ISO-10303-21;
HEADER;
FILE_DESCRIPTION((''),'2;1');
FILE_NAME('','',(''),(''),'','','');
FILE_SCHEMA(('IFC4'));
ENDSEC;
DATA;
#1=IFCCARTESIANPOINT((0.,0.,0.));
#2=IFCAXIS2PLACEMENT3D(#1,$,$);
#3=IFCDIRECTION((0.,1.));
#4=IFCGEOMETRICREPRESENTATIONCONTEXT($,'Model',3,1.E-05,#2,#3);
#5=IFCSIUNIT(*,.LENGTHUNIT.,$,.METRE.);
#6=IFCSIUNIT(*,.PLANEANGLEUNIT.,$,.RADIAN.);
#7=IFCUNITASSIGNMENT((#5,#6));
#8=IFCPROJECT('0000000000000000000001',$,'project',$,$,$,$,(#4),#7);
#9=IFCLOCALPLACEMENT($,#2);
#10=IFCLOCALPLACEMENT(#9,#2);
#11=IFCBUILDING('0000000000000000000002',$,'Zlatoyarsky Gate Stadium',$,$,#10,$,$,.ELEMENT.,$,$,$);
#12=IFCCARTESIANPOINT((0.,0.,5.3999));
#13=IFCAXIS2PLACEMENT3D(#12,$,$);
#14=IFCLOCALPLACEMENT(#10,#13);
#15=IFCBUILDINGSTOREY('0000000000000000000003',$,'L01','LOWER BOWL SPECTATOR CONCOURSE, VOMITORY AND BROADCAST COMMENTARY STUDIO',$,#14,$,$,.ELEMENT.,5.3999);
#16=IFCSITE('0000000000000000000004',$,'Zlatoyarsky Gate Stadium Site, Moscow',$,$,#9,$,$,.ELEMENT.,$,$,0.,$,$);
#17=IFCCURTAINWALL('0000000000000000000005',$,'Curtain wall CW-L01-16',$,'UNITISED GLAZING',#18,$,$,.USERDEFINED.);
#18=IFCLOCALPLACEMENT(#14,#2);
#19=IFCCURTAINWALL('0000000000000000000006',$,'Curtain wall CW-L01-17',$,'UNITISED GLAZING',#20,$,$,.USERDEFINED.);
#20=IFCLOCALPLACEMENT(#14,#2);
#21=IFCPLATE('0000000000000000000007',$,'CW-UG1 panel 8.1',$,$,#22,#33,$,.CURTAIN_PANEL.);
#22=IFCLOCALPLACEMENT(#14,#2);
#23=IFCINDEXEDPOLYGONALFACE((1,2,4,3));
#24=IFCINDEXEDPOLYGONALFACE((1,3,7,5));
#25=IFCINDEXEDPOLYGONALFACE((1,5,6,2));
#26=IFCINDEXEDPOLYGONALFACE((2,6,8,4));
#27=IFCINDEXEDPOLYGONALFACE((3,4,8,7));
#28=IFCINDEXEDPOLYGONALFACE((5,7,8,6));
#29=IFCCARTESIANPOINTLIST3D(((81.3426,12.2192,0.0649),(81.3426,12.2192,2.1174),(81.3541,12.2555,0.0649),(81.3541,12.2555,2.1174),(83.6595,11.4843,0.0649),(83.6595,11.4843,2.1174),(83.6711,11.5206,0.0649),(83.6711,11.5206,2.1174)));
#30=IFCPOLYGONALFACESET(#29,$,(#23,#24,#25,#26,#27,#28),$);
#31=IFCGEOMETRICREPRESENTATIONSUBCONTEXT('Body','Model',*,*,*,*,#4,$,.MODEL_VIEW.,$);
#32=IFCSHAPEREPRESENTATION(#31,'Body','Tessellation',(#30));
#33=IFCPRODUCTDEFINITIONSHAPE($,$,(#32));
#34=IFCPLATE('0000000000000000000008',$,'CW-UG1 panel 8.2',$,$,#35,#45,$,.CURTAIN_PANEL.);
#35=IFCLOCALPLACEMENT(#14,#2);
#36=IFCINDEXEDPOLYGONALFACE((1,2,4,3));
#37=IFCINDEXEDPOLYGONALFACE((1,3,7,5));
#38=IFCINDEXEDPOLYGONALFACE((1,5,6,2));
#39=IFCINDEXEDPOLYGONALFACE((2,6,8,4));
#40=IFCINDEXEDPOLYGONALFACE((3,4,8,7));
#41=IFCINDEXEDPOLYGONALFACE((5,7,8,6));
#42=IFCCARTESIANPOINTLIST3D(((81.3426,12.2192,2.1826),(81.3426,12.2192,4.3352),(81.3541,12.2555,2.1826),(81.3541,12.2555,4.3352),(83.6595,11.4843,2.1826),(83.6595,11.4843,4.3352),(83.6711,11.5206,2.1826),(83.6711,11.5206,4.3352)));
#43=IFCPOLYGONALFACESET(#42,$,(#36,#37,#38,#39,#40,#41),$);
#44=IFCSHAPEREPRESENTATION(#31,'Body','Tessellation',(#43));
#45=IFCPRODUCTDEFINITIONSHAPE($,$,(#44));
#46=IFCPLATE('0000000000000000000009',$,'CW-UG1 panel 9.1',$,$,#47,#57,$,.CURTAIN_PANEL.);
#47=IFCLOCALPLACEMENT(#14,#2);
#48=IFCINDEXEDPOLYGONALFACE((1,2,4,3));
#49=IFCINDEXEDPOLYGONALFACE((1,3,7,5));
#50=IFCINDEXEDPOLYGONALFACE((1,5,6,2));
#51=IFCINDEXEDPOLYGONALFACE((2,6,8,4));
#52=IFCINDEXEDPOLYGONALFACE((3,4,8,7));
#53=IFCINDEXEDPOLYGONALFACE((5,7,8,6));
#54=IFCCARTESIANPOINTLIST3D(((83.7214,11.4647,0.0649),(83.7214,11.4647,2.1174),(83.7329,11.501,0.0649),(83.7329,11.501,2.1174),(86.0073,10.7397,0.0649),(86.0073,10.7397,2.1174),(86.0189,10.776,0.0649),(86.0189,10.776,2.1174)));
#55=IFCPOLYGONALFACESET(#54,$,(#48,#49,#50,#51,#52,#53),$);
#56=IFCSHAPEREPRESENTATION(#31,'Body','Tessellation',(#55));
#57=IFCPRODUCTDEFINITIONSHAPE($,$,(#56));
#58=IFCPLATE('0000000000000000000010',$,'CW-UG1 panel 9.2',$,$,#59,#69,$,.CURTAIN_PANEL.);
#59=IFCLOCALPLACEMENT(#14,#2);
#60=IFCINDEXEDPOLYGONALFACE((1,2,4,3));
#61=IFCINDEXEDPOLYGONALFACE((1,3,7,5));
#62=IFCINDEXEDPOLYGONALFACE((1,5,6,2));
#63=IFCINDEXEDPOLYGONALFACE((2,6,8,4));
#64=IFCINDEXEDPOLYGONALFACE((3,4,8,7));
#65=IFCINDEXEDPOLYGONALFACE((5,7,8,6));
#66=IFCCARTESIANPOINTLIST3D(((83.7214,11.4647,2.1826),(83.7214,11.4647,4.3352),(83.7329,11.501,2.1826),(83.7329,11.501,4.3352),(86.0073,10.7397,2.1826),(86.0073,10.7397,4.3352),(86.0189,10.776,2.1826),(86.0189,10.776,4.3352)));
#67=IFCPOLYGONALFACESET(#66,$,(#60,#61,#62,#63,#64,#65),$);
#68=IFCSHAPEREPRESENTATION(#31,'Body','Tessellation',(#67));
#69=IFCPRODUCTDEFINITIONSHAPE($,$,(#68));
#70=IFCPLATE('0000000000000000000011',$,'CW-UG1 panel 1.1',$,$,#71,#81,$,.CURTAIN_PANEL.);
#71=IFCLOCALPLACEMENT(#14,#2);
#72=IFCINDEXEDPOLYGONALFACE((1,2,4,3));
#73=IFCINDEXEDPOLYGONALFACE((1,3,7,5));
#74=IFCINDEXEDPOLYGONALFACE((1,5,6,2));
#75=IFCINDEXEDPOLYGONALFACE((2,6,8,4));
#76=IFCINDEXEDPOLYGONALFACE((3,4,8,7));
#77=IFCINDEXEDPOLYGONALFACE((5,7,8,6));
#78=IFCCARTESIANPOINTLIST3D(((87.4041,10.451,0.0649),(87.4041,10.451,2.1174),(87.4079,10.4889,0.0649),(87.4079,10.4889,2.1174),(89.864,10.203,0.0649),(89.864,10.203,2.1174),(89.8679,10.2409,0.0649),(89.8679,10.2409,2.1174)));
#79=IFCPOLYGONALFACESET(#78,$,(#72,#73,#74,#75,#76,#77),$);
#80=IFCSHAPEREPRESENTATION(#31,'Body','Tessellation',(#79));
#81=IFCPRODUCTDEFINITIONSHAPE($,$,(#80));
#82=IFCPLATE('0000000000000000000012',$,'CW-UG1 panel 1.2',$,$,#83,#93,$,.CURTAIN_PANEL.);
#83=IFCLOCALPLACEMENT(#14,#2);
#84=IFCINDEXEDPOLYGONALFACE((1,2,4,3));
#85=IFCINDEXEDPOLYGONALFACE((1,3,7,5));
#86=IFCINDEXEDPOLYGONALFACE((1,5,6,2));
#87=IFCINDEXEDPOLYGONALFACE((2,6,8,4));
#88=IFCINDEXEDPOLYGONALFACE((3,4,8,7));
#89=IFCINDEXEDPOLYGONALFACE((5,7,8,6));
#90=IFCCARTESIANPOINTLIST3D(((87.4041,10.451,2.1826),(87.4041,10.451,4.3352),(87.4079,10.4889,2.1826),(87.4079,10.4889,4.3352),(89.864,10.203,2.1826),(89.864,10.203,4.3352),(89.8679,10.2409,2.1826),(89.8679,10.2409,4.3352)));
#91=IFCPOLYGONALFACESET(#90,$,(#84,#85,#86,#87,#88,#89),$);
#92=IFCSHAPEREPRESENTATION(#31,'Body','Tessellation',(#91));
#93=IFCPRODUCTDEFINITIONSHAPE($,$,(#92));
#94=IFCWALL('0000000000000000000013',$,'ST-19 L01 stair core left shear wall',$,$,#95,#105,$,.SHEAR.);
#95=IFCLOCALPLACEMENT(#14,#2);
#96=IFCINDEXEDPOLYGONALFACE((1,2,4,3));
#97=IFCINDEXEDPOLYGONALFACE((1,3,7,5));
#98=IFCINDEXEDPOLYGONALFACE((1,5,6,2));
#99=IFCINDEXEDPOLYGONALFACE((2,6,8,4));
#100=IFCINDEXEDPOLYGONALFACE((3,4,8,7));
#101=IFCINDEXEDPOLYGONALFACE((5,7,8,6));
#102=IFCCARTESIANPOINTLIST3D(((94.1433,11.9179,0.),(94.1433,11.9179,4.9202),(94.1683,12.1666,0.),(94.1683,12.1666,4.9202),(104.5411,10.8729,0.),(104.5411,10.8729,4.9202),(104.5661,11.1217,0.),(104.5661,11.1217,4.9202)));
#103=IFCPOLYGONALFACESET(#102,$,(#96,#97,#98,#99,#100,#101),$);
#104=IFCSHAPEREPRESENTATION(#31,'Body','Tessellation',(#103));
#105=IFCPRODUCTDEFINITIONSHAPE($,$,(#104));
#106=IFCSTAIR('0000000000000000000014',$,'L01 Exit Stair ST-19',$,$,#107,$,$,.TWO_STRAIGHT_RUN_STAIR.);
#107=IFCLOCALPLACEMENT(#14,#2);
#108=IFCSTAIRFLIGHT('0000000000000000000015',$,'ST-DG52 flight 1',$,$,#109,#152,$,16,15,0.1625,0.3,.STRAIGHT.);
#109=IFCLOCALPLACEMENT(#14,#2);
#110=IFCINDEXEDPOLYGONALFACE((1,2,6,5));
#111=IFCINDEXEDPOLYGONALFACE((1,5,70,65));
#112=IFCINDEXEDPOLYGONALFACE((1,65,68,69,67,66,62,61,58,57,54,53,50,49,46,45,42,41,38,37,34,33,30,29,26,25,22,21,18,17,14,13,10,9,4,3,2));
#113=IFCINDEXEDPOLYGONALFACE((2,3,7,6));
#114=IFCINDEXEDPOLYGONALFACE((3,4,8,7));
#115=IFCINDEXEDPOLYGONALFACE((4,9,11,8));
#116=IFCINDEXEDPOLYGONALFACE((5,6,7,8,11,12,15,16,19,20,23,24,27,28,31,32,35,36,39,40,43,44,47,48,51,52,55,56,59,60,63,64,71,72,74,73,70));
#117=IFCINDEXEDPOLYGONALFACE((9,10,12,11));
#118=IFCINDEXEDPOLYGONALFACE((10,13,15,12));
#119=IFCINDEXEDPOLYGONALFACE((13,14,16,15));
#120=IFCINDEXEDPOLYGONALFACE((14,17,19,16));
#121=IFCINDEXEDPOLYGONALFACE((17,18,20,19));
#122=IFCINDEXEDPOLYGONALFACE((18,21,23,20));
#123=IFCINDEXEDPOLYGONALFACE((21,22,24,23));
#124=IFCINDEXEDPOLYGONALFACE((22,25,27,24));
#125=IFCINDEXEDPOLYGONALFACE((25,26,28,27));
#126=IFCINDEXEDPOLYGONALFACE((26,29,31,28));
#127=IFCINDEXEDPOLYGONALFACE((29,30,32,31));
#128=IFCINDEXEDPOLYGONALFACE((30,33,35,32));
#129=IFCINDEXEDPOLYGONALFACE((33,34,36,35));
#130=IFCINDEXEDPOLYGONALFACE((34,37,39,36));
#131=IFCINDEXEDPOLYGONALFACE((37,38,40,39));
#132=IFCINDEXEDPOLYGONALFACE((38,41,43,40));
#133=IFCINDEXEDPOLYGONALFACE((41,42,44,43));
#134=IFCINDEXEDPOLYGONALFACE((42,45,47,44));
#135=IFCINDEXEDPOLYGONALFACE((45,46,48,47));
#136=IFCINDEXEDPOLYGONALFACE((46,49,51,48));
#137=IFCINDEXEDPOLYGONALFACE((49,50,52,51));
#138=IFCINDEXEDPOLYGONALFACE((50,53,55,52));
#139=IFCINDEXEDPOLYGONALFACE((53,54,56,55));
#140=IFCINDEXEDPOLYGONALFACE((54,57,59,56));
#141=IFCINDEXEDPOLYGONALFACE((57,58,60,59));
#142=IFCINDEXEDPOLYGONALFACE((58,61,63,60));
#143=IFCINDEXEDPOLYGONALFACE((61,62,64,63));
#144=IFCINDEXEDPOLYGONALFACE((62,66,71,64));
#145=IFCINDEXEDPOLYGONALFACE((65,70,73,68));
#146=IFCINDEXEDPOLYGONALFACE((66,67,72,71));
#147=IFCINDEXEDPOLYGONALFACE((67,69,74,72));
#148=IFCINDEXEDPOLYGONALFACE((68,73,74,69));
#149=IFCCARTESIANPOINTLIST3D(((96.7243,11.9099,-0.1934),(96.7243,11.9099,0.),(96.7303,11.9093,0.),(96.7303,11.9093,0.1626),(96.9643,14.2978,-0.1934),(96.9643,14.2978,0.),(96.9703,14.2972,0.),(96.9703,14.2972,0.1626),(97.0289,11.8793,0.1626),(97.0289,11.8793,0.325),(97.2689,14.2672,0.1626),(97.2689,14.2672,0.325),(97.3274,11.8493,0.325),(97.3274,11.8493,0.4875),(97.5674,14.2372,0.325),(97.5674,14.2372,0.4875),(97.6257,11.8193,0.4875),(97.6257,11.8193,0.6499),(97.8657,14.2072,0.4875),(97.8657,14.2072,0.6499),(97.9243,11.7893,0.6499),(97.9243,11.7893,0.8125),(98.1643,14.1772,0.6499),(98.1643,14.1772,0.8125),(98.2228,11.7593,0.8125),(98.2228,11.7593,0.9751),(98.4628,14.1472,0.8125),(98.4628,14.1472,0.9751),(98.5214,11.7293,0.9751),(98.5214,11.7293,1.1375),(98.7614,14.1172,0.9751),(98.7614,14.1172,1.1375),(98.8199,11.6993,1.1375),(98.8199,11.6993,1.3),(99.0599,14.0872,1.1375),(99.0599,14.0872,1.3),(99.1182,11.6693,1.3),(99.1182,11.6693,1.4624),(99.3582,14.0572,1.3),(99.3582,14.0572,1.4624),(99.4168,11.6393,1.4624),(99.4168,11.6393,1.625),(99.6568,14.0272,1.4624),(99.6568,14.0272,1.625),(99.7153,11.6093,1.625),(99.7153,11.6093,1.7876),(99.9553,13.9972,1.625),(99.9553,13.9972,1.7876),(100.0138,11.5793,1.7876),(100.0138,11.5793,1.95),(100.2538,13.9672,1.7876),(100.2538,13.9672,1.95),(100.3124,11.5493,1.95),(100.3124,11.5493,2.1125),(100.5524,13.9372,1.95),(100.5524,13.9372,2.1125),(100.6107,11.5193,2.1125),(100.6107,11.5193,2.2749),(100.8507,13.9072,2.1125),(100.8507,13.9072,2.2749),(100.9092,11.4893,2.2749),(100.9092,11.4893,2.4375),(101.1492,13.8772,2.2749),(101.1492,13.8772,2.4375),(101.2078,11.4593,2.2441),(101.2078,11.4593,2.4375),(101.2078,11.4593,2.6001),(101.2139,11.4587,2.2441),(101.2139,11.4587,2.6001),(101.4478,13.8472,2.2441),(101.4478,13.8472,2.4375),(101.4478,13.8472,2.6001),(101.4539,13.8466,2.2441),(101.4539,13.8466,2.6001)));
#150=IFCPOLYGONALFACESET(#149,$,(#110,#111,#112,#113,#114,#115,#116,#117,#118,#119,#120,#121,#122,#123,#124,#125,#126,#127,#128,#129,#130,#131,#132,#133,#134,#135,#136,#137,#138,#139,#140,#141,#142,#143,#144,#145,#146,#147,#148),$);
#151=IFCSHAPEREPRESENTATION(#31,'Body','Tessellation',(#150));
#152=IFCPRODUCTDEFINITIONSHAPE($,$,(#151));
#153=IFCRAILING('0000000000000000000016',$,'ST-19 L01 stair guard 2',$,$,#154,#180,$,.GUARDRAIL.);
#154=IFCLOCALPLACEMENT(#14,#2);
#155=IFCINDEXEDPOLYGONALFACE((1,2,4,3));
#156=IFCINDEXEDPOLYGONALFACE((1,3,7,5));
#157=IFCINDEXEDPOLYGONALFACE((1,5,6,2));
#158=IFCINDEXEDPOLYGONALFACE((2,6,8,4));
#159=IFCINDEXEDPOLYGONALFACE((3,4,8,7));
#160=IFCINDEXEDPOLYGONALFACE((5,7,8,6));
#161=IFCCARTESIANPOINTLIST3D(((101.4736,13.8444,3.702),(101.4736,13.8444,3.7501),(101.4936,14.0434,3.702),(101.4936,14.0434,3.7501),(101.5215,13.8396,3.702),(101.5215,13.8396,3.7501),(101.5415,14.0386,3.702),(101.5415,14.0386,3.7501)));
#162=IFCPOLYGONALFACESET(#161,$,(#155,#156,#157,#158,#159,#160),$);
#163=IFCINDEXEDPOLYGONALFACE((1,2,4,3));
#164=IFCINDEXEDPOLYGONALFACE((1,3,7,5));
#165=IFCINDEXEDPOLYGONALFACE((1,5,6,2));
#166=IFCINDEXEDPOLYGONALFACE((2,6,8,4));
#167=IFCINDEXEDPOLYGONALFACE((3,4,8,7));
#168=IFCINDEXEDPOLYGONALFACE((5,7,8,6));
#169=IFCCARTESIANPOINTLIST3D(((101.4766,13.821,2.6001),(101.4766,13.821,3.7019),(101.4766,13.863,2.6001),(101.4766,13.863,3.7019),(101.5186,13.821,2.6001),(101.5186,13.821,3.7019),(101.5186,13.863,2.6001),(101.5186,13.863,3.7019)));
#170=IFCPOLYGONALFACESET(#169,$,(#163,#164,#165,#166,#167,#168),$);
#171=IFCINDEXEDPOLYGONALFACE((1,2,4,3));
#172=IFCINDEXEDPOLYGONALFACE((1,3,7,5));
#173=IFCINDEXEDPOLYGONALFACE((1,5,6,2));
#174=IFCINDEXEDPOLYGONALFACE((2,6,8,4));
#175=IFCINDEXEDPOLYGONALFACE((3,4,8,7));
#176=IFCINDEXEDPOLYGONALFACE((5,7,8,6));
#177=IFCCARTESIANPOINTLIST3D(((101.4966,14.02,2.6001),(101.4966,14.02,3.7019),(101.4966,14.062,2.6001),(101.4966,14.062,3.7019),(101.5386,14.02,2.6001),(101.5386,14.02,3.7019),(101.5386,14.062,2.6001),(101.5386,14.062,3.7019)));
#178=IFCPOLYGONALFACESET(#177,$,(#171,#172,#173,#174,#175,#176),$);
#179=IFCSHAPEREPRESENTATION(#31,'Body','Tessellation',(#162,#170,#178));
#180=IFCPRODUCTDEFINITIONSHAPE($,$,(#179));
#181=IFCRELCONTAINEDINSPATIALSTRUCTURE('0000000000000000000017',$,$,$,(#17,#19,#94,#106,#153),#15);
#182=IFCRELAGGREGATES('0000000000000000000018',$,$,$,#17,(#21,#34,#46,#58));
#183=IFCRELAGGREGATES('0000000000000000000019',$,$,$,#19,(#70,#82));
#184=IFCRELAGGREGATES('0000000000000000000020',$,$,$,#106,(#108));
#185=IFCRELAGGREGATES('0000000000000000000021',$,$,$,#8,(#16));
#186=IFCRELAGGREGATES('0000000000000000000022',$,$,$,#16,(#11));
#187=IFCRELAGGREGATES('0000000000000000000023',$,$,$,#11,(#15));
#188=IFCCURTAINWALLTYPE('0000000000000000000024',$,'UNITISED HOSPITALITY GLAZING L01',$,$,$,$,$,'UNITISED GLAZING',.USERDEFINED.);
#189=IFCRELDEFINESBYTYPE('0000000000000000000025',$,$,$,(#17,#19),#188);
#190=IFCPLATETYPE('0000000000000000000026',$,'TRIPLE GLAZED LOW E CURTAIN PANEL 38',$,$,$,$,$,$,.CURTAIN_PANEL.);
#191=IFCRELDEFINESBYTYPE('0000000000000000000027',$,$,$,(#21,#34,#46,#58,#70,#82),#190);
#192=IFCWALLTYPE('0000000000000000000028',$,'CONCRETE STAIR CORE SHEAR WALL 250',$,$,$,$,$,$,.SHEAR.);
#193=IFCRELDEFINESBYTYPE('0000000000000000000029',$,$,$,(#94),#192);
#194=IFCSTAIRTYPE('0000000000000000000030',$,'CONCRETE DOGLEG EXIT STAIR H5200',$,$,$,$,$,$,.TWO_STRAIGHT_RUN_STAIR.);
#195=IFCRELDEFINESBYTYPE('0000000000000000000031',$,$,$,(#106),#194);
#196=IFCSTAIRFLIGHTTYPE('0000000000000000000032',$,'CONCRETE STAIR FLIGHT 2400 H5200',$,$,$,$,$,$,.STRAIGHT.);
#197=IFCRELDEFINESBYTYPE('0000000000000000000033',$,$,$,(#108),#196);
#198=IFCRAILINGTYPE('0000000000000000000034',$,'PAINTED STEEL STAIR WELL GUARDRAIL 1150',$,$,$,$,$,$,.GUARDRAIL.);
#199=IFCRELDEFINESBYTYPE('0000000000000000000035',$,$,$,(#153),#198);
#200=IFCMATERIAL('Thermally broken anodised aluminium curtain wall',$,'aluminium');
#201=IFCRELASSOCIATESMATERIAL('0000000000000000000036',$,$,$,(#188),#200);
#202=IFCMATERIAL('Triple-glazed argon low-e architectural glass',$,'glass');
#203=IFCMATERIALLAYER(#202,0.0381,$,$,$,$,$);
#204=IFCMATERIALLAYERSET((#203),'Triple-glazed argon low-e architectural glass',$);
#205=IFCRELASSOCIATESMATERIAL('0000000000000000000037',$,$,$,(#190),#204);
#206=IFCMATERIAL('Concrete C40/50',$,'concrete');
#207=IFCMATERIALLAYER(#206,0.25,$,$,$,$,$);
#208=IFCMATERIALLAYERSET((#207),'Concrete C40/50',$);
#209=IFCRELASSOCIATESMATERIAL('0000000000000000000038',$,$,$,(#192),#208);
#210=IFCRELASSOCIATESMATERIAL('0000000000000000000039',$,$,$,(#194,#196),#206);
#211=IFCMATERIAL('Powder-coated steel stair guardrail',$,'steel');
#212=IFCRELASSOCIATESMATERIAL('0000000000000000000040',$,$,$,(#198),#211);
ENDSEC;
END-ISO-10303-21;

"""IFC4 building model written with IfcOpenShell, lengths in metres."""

from ifc_helpers import new_model, si_unit, direction, frame, frame_2d, origin, origin_2d, place, context, subcontext, project, spatial, polyline, rectangle, outline, extrude, material, layer, layer_set, type_object, element, aggregate, save


model = new_model("IFC4")

# Units and contexts
model_context = context("Model", 3, precision=1e-05, world=origin(), true_north=direction((0.0, 1.0)))
body_context = subcontext(model_context, "Body", "Model", "MODEL_VIEW")
ifc_project = project(units=[si_unit("LENGTHUNIT", "METRE"), si_unit("PLANEANGLEUNIT", "RADIAN")], contexts=[model_context])

# Site, building, storey
site_placement = place(None, origin())
site = spatial("IfcSite", under=ifc_project, at=site_placement, Name="Zlatoyarsky Gate Stadium Site, Moscow", CompositionType="ELEMENT", RefElevation=0.0)
building_placement = place(site_placement, origin())
building = spatial("IfcBuilding", under=site, at=building_placement, Name="Zlatoyarsky Gate Stadium", CompositionType="ELEMENT")
storey_placement = place(building_placement, frame((0.0, 0.0, 5.3999)))
storey = spatial("IfcBuildingStorey", under=building, at=storey_placement, Name="L01", Description="LOWER BOWL SPECTATOR CONCOURSE, VOMITORY AND BROADCAST COMMENTARY STUDIO", CompositionType="ELEMENT", Elevation=5.3999)

# Curtain walls
ifc_material_1 = material(Name="Thermally broken anodised aluminium curtain wall", Category="aluminium")
curtain_wall_type = type_object("IfcCurtainWallType", Name="UNITISED HOSPITALITY GLAZING L01", ElementType="UNITISED GLAZING", PredefinedType="USERDEFINED", material=ifc_material_1)
curtain_wall_1_placement = place(storey_placement, origin())
curtain_wall_1 = element("IfcCurtainWall", 1, at=curtain_wall_1_placement, inside=storey, type_object=curtain_wall_type, Name="Curtain wall CW-L01-16", ObjectType="UNITISED GLAZING", PredefinedType="USERDEFINED")
curtain_wall_2_placement = place(storey_placement, origin())
curtain_wall_2 = element("IfcCurtainWall", 2, at=curtain_wall_2_placement, inside=storey, type_object=curtain_wall_type, Name="Curtain wall CW-L01-17", ObjectType="UNITISED GLAZING", PredefinedType="USERDEFINED")

# Plates
ifc_material_2 = material(Name="Triple-glazed argon low-e architectural glass", Category="glass")
ifc_layer_1 = layer(ifc_material_2, 0.0381)
ifc_layer_set_1 = layer_set([ifc_layer_1], Name="Triple-glazed argon low-e architectural glass")
plate_type_1 = type_object("IfcPlateType", Name="TRIPLE GLAZED LOW E CURTAIN PANEL 38", PredefinedType="CURTAIN_PANEL", material=ifc_layer_set_1)
plate_1_placement = place(storey_placement, frame((82.5068, 11.8699, 0.0649), z_axis=(0.0, 0.0, 1.0), x_axis=(0.953202, -0.302334, 0.0)))
plate_1 = element("IfcPlate", 3, at=plate_1_placement, type_object=plate_type_1, Name="CW-UG1 panel 8.1", PredefinedType="CURTAIN_PANEL", context=body_context, shape_type="SweptSolid", body=[
    extrude(rectangle(XDim=2.4307, YDim=0.0381, at=origin_2d()), origin(), (0.0, 0.0, 1.0), 2.0525),
])
plate_2_placement = place(storey_placement, frame((82.5068, 11.8699, 2.1826), z_axis=(0.0, 0.0, 1.0), x_axis=(0.953202, -0.302334, 0.0)))
plate_2 = element("IfcPlate", 4, at=plate_2_placement, type_object=plate_type_1, Name="CW-UG1 panel 8.2", PredefinedType="CURTAIN_PANEL", context=body_context, shape_type="SweptSolid", body=[
    extrude(rectangle(XDim=2.4307, YDim=0.0381, at=origin_2d()), origin(), (0.0, 0.0, 1.0), 2.1526),
])
plate_3_placement = place(storey_placement, frame((84.8701, 11.1204, 0.0649), z_axis=(0.0, 0.0, 1.0), x_axis=(0.953202, -0.302334, 0.0)))
plate_3 = element("IfcPlate", 5, at=plate_3_placement, type_object=plate_type_1, Name="CW-UG1 panel 9.1", PredefinedType="CURTAIN_PANEL", context=body_context, shape_type="SweptSolid", body=[
    extrude(rectangle(XDim=2.3982, YDim=0.0381, at=origin_2d()), origin(), (0.0, 0.0, 1.0), 2.0525),
])
plate_4_placement = place(storey_placement, frame((84.8701, 11.1204, 2.1826), z_axis=(0.0, 0.0, 1.0), x_axis=(0.953202, -0.302334, 0.0)))
plate_4 = element("IfcPlate", 6, at=plate_4_placement, type_object=plate_type_1, Name="CW-UG1 panel 9.2", PredefinedType="CURTAIN_PANEL", context=body_context, shape_type="SweptSolid", body=[
    extrude(rectangle(XDim=2.3982, YDim=0.0381, at=origin_2d()), origin(), (0.0, 0.0, 1.0), 2.1526),
])
aggregate(curtain_wall_1, [plate_1, plate_2, plate_3, plate_4])
plate_5_placement = place(storey_placement, frame((88.636, 10.3459, 0.0649), z_axis=(0.0, 0.0, 1.0), x_axis=(0.994957, -0.1003, 0.0)))
plate_5 = element("IfcPlate", 7, at=plate_5_placement, type_object=plate_type_1, Name="CW-UG1 panel 1.1", PredefinedType="CURTAIN_PANEL", context=body_context, shape_type="SweptSolid", body=[
    extrude(rectangle(XDim=2.4724, YDim=0.0381, at=origin_2d()), origin(), (0.0, 0.0, 1.0), 2.0525),
])
plate_6_placement = place(storey_placement, frame((88.636, 10.3459, 2.1826), z_axis=(0.0, 0.0, 1.0), x_axis=(0.994957, -0.1003, 0.0)))
plate_6 = element("IfcPlate", 8, at=plate_6_placement, type_object=plate_type_1, Name="CW-UG1 panel 1.2", PredefinedType="CURTAIN_PANEL", context=body_context, shape_type="SweptSolid", body=[
    extrude(rectangle(XDim=2.4724, YDim=0.0381, at=origin_2d()), origin(), (0.0, 0.0, 1.0), 2.1526),
])
aggregate(curtain_wall_2, [plate_5, plate_6])

# Wall
ifc_material_3 = material(Name="Concrete C40/50", Category="concrete")
ifc_layer_2 = layer(ifc_material_3, 0.25)
ifc_layer_set_2 = layer_set([ifc_layer_2], Name="Concrete C40/50")
wall_type = type_object("IfcWallType", Name="CONCRETE STAIR CORE SHEAR WALL 250", PredefinedType="SHEAR", material=ifc_layer_set_2)
wall_placement = place(storey_placement, frame((94.1558, 12.0422, 0.0), z_axis=(0.0, 0.0, 1.0), x_axis=(0.994988, -0.099992, 0.0)))
element("IfcWall", 9, at=wall_placement, inside=storey, type_object=wall_type, Name="ST-19 L01 stair core left shear wall", PredefinedType="SHEAR", context=body_context, shape_type="SweptSolid", body=[
    extrude(rectangle(XDim=10.4502, YDim=0.25, at=frame_2d((5.2251, 0.0))), origin(), (0.0, 0.0, 1.0), 4.9202),
])

# Stair, stair flight
stair_type = type_object("IfcStairType", Name="CONCRETE DOGLEG EXIT STAIR H5200", PredefinedType="TWO_STRAIGHT_RUN_STAIR", material=ifc_material_3)
stair_placement = place(storey_placement, origin())
stair = element("IfcStair", 10, at=stair_placement, inside=storey, type_object=stair_type, Name="L01 Exit Stair ST-19", PredefinedType="TWO_STRAIGHT_RUN_STAIR")
stair_flight_type = type_object("IfcStairFlightType", Name="CONCRETE STAIR FLIGHT 2400 H5200", PredefinedType="STRAIGHT", material=ifc_material_3)
stair_flight_placement = place(storey_placement, frame((96.8503, 13.1033, 0.0), z_axis=(0.0, 0.0, 1.0), x_axis=(0.994987, -0.100006, 0.0)))
stair_flight = element("IfcStairFlight", 11, at=stair_flight_placement, type_object=stair_flight_type, Name="ST-DG52 flight 1", NumberOfRisers=16, NumberOfTreads=15, PredefinedType="STRAIGHT", RiserHeight=0.1625, TreadLength=0.3, context=body_context, shape_type="SweptSolid", body=[
    extrude(outline(polyline([(-0.0061, -0.1934), (-0.0061, 0.0), (0.0, 0.0), (0.0, 0.1626), (0.3, 0.1626), (0.3, 0.325), (0.6001, 0.325), (0.6001, 0.4875), (0.8999, 0.4875), (0.8999, 0.6499), (1.2, 0.6499), (1.2, 0.8125), (1.5, 0.8125), (1.5, 0.9751), (1.8, 0.9751), (1.8, 1.1375), (2.1001, 1.1375), (2.1001, 1.3), (2.3999, 1.3), (2.3999, 1.4624), (2.7, 1.4624), (2.7, 1.625), (3.0, 1.625), (3.0, 1.7876), (3.3, 1.7876), (3.3, 1.95), (3.6001, 1.95), (3.6001, 2.1125), (3.8999, 2.1125), (3.8999, 2.2749), (4.2, 2.2749), (4.2, 2.4375), (4.5, 2.4375), (4.5, 2.6001), (4.5061, 2.6001), (4.5061, 2.2441), (4.5, 2.2441), (-0.0061, -0.1934)])), frame((0.0, 1.2, 0.0), z_axis=(0.0, -1.0, 0.0), x_axis=(1.0, 0.0, 0.0)), (0.0, 0.0, 1.0), 2.3999),
])
aggregate(stair, [stair_flight])

# Railing
ifc_material_4 = material(Name="Powder-coated steel stair guardrail", Category="steel")
railing_type_1 = type_object("IfcRailingType", Name="PAINTED STEEL STAIR WELL GUARDRAIL 1150", PredefinedType="GUARDRAIL", material=ifc_material_4)
railing_1_placement = place(storey_placement, frame((101.4976, 13.842, 2.6001)))
element("IfcRailing", 12, at=railing_1_placement, inside=storey, type_object=railing_type_1, Name="ST-19 L01 stair guard 2", PredefinedType="GUARDRAIL", context=body_context, shape_type="SweptSolid", body=[
    extrude(rectangle(XDim=0.0481, YDim=0.0481, at=origin_2d()), frame((0.0, 0.0, 1.126), z_axis=(0.100108, 0.994977, 0.0), x_axis=(-0.994977, 0.100108, 0.0)), (0.0, 0.0, 1.0), 0.2),
    extrude(rectangle(XDim=0.042, YDim=0.042, at=origin_2d()), origin(), (0.0, 0.0, 1.0), 1.1018),
    extrude(rectangle(XDim=0.042, YDim=0.042, at=origin_2d()), frame((0.02, 0.199, 0.0)), (0.0, 0.0, 1.0), 1.1018),
])

save(model, "model.ifc")
